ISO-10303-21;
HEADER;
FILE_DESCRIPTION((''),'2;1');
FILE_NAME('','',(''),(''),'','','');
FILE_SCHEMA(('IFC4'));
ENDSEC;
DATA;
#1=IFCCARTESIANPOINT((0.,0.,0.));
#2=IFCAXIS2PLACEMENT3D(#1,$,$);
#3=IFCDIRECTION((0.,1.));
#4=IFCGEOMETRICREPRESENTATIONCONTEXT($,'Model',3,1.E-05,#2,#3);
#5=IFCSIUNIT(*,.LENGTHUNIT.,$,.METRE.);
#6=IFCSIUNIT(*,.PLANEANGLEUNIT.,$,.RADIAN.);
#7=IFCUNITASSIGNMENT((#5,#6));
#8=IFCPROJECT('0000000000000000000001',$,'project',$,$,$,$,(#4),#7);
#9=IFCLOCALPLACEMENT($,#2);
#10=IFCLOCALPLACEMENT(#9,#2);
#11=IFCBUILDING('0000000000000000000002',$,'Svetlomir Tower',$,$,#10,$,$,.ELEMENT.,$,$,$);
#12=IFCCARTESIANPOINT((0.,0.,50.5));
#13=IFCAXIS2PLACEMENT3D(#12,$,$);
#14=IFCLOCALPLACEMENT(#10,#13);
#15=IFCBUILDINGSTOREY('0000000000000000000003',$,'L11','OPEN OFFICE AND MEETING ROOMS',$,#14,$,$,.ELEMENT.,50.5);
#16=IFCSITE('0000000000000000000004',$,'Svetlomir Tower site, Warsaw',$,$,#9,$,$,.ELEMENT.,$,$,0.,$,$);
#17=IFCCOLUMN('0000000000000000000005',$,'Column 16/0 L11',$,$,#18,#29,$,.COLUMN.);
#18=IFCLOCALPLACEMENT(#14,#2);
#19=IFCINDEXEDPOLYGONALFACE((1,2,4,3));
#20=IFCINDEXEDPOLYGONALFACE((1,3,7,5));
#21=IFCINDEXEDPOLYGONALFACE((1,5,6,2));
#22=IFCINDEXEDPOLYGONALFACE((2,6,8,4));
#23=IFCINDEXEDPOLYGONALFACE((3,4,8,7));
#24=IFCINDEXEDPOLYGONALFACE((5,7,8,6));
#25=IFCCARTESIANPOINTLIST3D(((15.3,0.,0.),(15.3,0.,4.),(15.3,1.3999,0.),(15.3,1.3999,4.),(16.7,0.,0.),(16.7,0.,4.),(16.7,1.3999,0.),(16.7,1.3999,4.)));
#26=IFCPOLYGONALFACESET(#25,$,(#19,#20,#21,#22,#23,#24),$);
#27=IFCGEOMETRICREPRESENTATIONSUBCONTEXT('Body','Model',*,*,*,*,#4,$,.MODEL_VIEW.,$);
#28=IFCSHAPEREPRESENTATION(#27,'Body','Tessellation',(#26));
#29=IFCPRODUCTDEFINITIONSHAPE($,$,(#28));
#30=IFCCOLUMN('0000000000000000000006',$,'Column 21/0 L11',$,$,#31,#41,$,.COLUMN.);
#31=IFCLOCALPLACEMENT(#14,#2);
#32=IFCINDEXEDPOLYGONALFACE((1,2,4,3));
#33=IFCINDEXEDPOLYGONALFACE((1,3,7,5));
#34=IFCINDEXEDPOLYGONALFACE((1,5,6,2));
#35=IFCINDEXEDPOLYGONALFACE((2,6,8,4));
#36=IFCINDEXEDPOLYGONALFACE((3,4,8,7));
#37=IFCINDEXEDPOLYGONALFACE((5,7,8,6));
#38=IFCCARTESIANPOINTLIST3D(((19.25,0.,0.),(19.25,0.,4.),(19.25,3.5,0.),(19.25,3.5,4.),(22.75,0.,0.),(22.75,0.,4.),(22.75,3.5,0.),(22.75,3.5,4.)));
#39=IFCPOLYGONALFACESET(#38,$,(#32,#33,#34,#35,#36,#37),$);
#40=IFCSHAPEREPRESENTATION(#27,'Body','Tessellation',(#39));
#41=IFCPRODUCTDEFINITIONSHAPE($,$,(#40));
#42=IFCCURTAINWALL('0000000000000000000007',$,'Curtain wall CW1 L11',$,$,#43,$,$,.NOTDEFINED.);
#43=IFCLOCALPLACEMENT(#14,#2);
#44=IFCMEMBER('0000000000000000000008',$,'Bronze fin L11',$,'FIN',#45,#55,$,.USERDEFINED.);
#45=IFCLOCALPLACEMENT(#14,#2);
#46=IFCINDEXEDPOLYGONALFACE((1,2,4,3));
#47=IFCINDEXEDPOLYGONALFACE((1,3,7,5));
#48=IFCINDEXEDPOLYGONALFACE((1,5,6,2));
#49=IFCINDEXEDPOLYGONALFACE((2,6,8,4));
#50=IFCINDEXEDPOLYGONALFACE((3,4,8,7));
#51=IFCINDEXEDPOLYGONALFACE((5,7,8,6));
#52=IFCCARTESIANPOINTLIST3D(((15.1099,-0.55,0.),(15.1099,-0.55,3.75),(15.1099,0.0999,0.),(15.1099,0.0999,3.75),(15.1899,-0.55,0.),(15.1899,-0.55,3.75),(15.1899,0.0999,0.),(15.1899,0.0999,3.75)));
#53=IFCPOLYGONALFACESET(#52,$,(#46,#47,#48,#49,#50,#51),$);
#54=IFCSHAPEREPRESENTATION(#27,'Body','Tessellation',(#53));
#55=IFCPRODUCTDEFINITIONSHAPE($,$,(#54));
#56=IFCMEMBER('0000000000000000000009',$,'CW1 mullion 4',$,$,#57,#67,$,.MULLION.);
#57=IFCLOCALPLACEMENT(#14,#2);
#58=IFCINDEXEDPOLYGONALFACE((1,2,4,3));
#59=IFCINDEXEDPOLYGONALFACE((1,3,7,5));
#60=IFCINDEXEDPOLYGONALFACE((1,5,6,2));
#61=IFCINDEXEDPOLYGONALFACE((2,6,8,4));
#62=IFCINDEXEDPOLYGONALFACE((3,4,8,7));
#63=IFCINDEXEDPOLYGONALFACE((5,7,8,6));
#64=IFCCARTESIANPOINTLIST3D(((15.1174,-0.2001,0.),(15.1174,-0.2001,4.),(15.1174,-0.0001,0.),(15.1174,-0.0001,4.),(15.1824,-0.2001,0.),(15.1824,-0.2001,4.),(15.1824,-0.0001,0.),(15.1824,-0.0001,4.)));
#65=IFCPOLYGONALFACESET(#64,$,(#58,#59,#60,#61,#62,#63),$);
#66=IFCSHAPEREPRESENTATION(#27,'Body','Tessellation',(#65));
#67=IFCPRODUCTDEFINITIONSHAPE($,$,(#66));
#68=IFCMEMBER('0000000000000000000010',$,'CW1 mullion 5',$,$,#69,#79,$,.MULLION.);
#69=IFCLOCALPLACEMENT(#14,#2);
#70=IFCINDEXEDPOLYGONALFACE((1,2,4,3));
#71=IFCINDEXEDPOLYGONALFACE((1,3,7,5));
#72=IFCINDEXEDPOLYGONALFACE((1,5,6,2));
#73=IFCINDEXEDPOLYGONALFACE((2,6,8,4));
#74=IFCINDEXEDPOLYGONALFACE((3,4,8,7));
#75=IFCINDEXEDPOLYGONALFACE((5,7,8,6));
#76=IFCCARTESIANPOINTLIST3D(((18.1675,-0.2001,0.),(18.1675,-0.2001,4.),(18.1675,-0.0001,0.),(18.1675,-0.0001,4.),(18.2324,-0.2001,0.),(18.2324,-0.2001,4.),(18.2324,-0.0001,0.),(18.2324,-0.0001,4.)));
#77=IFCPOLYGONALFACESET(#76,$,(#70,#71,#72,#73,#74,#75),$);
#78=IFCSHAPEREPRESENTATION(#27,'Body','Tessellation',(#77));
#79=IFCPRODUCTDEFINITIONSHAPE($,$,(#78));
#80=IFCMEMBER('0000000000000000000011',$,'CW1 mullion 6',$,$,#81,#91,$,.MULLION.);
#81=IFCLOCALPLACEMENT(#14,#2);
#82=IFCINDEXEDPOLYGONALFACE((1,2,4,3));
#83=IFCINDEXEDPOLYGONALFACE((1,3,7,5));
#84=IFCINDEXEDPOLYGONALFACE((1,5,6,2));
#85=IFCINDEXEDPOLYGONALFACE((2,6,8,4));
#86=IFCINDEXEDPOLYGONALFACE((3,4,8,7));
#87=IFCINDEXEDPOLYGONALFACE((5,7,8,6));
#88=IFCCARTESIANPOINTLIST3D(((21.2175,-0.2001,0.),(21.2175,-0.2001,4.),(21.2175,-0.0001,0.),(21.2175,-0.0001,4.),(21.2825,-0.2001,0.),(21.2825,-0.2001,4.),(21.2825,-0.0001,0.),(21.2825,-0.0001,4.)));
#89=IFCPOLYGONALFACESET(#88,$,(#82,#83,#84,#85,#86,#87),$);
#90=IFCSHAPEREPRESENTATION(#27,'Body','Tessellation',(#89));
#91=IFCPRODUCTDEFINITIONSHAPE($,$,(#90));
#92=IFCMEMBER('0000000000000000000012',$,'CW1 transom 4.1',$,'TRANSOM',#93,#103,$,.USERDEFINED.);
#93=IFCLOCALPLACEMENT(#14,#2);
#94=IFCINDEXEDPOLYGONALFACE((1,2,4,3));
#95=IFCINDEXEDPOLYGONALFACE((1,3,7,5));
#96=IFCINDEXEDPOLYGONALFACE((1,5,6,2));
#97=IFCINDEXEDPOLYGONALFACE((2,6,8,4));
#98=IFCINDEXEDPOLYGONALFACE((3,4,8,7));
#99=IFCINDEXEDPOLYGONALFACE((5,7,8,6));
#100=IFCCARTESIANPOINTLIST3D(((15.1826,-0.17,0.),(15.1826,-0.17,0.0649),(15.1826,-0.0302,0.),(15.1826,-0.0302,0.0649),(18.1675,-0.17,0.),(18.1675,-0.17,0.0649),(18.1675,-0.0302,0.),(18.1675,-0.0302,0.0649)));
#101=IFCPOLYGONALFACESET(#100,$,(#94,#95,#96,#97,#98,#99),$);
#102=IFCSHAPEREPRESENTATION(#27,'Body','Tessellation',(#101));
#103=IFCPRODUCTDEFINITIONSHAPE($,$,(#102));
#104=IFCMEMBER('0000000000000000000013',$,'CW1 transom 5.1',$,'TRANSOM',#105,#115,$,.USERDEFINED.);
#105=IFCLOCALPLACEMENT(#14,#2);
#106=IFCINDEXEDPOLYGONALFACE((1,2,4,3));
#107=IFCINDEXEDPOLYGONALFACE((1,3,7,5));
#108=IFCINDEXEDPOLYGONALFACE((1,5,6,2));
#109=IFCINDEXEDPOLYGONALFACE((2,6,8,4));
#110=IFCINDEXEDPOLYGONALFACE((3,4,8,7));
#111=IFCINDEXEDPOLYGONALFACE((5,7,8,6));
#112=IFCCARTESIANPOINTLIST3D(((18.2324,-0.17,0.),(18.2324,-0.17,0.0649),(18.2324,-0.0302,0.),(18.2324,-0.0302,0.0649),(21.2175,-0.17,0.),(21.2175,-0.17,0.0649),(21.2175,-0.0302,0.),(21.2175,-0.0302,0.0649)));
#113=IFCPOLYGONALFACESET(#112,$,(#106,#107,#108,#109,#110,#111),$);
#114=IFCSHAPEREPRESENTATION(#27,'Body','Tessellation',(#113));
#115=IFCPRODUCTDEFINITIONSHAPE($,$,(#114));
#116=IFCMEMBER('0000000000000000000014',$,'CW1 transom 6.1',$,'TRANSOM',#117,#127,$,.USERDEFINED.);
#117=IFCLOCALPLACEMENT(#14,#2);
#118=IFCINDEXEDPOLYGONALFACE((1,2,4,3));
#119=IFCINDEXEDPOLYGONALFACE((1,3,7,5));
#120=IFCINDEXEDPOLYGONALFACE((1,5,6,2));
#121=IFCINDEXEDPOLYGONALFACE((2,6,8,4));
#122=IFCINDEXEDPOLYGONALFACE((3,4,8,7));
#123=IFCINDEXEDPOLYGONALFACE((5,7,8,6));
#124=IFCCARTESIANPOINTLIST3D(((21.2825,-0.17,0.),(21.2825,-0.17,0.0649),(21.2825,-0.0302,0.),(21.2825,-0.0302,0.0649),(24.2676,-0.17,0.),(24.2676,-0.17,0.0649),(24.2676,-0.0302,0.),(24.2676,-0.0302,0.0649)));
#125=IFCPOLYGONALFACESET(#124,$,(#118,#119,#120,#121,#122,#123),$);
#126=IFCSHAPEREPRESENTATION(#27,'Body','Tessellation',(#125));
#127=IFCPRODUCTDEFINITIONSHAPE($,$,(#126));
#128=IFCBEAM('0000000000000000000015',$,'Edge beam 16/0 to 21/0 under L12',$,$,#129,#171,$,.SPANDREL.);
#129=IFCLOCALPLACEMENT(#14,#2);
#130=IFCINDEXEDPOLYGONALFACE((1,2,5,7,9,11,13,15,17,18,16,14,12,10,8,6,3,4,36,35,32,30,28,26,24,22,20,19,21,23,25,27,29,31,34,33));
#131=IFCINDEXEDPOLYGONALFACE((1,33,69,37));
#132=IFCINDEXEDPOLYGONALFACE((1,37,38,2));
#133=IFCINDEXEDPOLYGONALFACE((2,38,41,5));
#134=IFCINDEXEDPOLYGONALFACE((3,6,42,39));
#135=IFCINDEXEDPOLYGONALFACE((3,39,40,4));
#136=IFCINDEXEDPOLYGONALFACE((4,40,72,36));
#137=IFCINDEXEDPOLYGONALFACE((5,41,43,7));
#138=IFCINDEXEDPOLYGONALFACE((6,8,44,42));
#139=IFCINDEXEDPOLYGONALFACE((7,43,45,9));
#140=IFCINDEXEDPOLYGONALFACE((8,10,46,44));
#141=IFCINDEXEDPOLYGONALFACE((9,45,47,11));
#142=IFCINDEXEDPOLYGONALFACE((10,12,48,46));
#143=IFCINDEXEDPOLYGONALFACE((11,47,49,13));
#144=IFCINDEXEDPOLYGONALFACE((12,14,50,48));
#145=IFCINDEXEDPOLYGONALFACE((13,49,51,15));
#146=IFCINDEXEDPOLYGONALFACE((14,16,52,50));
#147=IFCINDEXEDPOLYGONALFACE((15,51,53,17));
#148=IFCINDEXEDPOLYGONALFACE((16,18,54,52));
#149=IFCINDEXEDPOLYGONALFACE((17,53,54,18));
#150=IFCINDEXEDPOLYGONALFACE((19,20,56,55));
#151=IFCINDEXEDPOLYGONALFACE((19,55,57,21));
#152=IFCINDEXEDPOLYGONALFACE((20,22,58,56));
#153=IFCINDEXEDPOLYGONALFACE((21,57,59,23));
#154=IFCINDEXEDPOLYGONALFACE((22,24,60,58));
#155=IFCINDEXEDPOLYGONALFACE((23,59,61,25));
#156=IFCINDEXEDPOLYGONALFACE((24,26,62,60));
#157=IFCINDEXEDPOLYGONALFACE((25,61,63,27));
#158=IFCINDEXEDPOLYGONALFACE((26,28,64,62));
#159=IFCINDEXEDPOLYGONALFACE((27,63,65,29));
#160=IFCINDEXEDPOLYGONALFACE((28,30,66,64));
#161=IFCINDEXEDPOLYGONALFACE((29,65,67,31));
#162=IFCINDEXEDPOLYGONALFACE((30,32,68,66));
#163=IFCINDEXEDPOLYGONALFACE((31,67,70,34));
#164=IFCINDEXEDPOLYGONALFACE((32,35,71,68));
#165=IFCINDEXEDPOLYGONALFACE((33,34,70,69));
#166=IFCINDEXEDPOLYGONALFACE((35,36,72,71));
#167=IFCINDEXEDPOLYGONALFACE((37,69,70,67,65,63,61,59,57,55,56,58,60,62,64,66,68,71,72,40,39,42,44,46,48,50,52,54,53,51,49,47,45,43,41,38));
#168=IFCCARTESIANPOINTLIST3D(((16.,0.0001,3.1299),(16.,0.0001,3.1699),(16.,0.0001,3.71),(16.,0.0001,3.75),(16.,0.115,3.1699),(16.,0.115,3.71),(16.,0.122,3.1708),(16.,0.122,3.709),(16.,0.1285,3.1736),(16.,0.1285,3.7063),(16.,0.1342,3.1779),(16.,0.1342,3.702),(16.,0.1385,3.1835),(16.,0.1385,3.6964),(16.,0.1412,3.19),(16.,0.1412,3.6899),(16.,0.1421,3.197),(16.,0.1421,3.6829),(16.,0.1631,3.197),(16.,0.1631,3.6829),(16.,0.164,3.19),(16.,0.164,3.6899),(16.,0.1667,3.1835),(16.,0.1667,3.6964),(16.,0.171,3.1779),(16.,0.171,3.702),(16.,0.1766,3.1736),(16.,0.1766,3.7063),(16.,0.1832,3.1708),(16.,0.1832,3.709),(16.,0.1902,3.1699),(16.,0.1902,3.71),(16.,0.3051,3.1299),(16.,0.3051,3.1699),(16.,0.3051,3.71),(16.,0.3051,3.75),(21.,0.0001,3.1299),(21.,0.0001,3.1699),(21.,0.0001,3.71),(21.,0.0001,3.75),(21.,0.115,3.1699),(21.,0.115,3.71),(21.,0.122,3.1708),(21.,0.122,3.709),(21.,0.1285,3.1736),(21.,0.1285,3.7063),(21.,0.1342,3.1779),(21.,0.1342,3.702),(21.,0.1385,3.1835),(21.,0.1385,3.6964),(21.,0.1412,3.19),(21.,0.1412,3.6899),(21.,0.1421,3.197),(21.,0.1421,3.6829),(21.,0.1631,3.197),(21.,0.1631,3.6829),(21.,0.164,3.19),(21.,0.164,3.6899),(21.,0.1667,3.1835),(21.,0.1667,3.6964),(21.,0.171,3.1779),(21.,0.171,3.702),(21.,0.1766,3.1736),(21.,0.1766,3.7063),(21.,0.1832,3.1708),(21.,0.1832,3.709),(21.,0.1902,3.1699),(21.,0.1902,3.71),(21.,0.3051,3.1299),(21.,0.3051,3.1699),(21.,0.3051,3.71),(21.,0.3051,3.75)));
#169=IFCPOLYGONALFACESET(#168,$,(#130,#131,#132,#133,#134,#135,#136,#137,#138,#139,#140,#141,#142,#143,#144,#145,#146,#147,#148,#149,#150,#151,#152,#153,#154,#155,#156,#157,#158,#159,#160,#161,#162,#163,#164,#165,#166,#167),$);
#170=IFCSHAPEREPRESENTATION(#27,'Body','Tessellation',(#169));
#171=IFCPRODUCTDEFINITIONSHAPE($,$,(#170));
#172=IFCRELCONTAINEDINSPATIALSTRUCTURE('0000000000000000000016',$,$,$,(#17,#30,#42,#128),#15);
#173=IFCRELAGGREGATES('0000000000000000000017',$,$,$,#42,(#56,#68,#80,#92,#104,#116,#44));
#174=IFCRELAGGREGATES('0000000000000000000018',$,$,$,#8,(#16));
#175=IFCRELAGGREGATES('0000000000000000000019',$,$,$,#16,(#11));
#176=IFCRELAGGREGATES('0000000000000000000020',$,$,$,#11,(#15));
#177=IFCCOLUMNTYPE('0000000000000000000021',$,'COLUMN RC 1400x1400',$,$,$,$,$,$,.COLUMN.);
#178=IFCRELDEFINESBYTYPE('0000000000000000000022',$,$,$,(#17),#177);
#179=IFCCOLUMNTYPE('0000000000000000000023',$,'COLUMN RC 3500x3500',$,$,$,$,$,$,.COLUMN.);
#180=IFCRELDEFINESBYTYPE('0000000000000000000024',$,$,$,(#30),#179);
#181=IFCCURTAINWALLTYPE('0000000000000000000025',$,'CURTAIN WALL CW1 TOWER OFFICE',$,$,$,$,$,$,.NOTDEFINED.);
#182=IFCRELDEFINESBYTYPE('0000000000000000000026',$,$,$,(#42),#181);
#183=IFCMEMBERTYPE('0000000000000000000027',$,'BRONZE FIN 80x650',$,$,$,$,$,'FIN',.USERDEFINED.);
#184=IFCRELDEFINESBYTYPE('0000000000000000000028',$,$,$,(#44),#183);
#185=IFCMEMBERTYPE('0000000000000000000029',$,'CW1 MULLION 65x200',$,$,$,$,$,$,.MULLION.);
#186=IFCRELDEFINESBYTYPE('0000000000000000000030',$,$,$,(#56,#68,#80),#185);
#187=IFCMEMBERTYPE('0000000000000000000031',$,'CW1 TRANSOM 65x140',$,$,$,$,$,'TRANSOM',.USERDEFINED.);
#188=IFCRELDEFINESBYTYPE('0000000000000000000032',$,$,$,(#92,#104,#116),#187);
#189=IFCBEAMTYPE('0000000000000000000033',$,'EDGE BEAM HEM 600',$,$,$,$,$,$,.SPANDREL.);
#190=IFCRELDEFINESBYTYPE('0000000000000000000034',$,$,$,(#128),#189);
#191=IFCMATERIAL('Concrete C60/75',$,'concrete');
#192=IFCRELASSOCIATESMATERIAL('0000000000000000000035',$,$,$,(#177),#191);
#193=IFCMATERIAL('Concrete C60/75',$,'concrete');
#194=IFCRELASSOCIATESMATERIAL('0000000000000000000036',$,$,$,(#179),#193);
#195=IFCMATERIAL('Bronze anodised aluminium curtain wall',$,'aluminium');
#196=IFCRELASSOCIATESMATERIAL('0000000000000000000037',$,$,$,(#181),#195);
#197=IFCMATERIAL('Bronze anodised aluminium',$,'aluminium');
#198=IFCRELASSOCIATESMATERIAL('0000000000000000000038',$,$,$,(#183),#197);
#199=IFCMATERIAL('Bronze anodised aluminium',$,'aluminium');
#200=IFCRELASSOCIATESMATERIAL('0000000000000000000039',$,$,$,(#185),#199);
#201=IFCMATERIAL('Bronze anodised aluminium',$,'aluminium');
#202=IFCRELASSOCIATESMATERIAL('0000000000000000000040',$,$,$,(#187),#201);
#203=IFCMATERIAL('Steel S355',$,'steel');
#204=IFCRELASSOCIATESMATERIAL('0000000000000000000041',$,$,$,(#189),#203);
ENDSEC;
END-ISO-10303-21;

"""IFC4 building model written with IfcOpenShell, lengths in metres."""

from ifc_helpers import new_model, si_unit, direction, frame, origin, origin_2d, place, context, subcontext, project, spatial, rectangle, i_section, extrude, material, material_profile, profile_set, type_object, element, aggregate, save


model = new_model("IFC4")

# Units and contexts
model_context = context("Model", 3, precision=1e-05, world=origin(), true_north=direction((0.0, 1.0)))
body_context = subcontext(model_context, "Body", "Model", "MODEL_VIEW")
ifc_project = project(units=[si_unit("LENGTHUNIT", "METRE"), si_unit("PLANEANGLEUNIT", "RADIAN")], contexts=[model_context])

# Site, building, storey
site_placement = place(None, origin())
site = spatial("IfcSite", under=ifc_project, at=site_placement, Name="Svetlomir Tower site, Warsaw", CompositionType="ELEMENT", RefElevation=0.0)
building_placement = place(site_placement, origin())
building = spatial("IfcBuilding", under=site, at=building_placement, Name="Svetlomir Tower", CompositionType="ELEMENT")
storey_placement = place(building_placement, frame((0.0, 0.0, 50.5)))
storey = spatial("IfcBuildingStorey", under=building, at=storey_placement, Name="L11", Description="OPEN OFFICE AND MEETING ROOMS", CompositionType="ELEMENT", Elevation=50.5)

# Columns
ifc_material_1 = material(Name="Concrete C60/75", Category="concrete")
ifc_material_profile_1 = material_profile(ifc_material_1, rectangle(XDim=1.3999, YDim=1.3999, at=origin_2d()), Name="RC 1400x1400")
ifc_profile_set_1 = profile_set([ifc_material_profile_1], Name="Concrete C60/75")
column_type_1 = type_object("IfcColumnType", Name="COLUMN RC 1400x1400", PredefinedType="COLUMN", material=ifc_profile_set_1)
column_1_placement = place(storey_placement, frame((16.0, 0.7, 0.0), z_axis=(0.0, 0.0, 1.0), x_axis=(1.0, 0.0, 0.0)))
element("IfcColumn", 1, at=column_1_placement, inside=storey, type_object=column_type_1, Name="Column 16/0 L11", PredefinedType="COLUMN", context=body_context, shape_type="SweptSolid", body=[
    extrude(rectangle(XDim=1.3999, YDim=1.3999, at=origin_2d()), origin(), (0.0, 0.0, 1.0), 4.0),
])
ifc_material_2 = material(Name="Concrete C60/75", Category="concrete")
ifc_material_profile_2 = material_profile(ifc_material_2, rectangle(XDim=3.5, YDim=3.5, at=origin_2d()), Name="RC 3500x3500")
ifc_profile_set_2 = profile_set([ifc_material_profile_2], Name="Concrete C60/75")
column_type_2 = type_object("IfcColumnType", Name="COLUMN RC 3500x3500", PredefinedType="COLUMN", material=ifc_profile_set_2)
column_2_placement = place(storey_placement, frame((21.0, 1.75, 0.0), z_axis=(0.0, 0.0, 1.0), x_axis=(1.0, 0.0, 0.0)))
element("IfcColumn", 2, at=column_2_placement, inside=storey, type_object=column_type_2, Name="Column 21/0 L11", PredefinedType="COLUMN", context=body_context, shape_type="SweptSolid", body=[
    extrude(rectangle(XDim=3.5, YDim=3.5, at=origin_2d()), origin(), (0.0, 0.0, 1.0), 4.0),
])

# Curtain wall, members
ifc_material_3 = material(Name="Bronze anodised aluminium curtain wall", Category="aluminium")
curtain_wall_type = type_object("IfcCurtainWallType", Name="CURTAIN WALL CW1 TOWER OFFICE", PredefinedType="NOTDEFINED", material=ifc_material_3)
curtain_wall_placement = place(storey_placement, origin())
curtain_wall = element("IfcCurtainWall", 3, at=curtain_wall_placement, inside=storey, type_object=curtain_wall_type, Name="Curtain wall CW1 L11", PredefinedType="NOTDEFINED")
ifc_material_4 = material(Name="Bronze anodised aluminium", Category="aluminium")
ifc_material_profile_3 = material_profile(ifc_material_4, rectangle(XDim=0.0801, YDim=0.6499, at=origin_2d()), Name="FIN 80x650")
ifc_profile_set_3 = profile_set([ifc_material_profile_3], Name="Bronze anodised aluminium 6063-T6")
member_type_1 = type_object("IfcMemberType", Name="BRONZE FIN 80x650", ElementType="FIN", PredefinedType="USERDEFINED", material=ifc_profile_set_3)
member_1_placement = place(storey_placement, frame((15.1499, -0.2251, 0.0), z_axis=(0.0, 0.0, 1.0), x_axis=(1.0, 0.0, 0.0)))
member_1 = element("IfcMember", 4, at=member_1_placement, type_object=member_type_1, Name="Bronze fin L11", ObjectType="FIN", PredefinedType="USERDEFINED", context=body_context, shape_type="SweptSolid", body=[
    extrude(rectangle(XDim=0.0801, YDim=0.6499, at=origin_2d()), origin(), (0.0, 0.0, 1.0), 3.75),
])
ifc_material_5 = material(Name="Bronze anodised aluminium", Category="aluminium")
ifc_material_profile_4 = material_profile(ifc_material_5, rectangle(XDim=0.0649, YDim=0.2, at=origin_2d()), Name="AL 65x200")
ifc_profile_set_4 = profile_set([ifc_material_profile_4], Name="Bronze anodised aluminium 6063-T6")
member_type_2 = type_object("IfcMemberType", Name="CW1 MULLION 65x200", PredefinedType="MULLION", material=ifc_profile_set_4)
member_2_placement = place(storey_placement, frame((15.1499, -0.1001, 0.0), z_axis=(0.0, 0.0, 1.0), x_axis=(1.0, 0.0, 0.0)))
member_2 = element("IfcMember", 5, at=member_2_placement, type_object=member_type_2, Name="CW1 mullion 4", PredefinedType="MULLION", context=body_context, shape_type="SweptSolid", body=[
    extrude(rectangle(XDim=0.0649, YDim=0.2, at=origin_2d()), origin(), (0.0, 0.0, 1.0), 4.0),
])
member_3_placement = place(storey_placement, frame((18.2, -0.1001, 0.0), z_axis=(0.0, 0.0, 1.0), x_axis=(1.0, 0.0, 0.0)))
member_3 = element("IfcMember", 6, at=member_3_placement, type_object=member_type_2, Name="CW1 mullion 5", PredefinedType="MULLION", context=body_context, shape_type="SweptSolid", body=[
    extrude(rectangle(XDim=0.0649, YDim=0.2, at=origin_2d()), origin(), (0.0, 0.0, 1.0), 4.0),
])
member_4_placement = place(storey_placement, frame((21.25, -0.1001, 0.0), z_axis=(0.0, 0.0, 1.0), x_axis=(1.0, 0.0, 0.0)))
member_4 = element("IfcMember", 7, at=member_4_placement, type_object=member_type_2, Name="CW1 mullion 6", PredefinedType="MULLION", context=body_context, shape_type="SweptSolid", body=[
    extrude(rectangle(XDim=0.0649, YDim=0.2, at=origin_2d()), origin(), (0.0, 0.0, 1.0), 4.0),
])
ifc_material_6 = material(Name="Bronze anodised aluminium", Category="aluminium")
ifc_material_profile_5 = material_profile(ifc_material_6, rectangle(XDim=0.1399, YDim=0.0649, at=origin_2d()), Name="AL 140x65")
ifc_profile_set_5 = profile_set([ifc_material_profile_5], Name="Bronze anodised aluminium 6063-T6")
member_type_3 = type_object("IfcMemberType", Name="CW1 TRANSOM 65x140", ElementType="TRANSOM", PredefinedType="USERDEFINED", material=ifc_profile_set_5)
member_5_placement = place(storey_placement, frame((15.1826, -0.1001, 0.0325), z_axis=(1.0, 0.0, 0.0), x_axis=(0.0, 1.0, 0.0)))
member_5 = element("IfcMember", 8, at=member_5_placement, type_object=member_type_3, Name="CW1 transom 4.1", ObjectType="TRANSOM", PredefinedType="USERDEFINED", context=body_context, shape_type="SweptSolid", body=[
    extrude(rectangle(XDim=0.1399, YDim=0.0649, at=origin_2d()), origin(), (0.0, 0.0, 1.0), 2.9849),
])
member_6_placement = place(storey_placement, frame((18.2324, -0.1001, 0.0325), z_axis=(1.0, 0.0, 0.0), x_axis=(0.0, 1.0, 0.0)))
member_6 = element("IfcMember", 9, at=member_6_placement, type_object=member_type_3, Name="CW1 transom 5.1", ObjectType="TRANSOM", PredefinedType="USERDEFINED", context=body_context, shape_type="SweptSolid", body=[
    extrude(rectangle(XDim=0.1399, YDim=0.0649, at=origin_2d()), origin(), (0.0, 0.0, 1.0), 2.9851),
])
member_7_placement = place(storey_placement, frame((21.2825, -0.1001, 0.0325), z_axis=(1.0, 0.0, 0.0), x_axis=(0.0, 1.0, 0.0)))
member_7 = element("IfcMember", 10, at=member_7_placement, type_object=member_type_3, Name="CW1 transom 6.1", ObjectType="TRANSOM", PredefinedType="USERDEFINED", context=body_context, shape_type="SweptSolid", body=[
    extrude(rectangle(XDim=0.1399, YDim=0.0649, at=origin_2d()), origin(), (0.0, 0.0, 1.0), 2.9851),
])

# Beam
ifc_material_7 = material(Name="Steel S355", Category="steel")
ifc_material_profile_6 = material_profile(ifc_material_7, i_section(OverallWidth=0.3049, OverallDepth=0.6201, WebThickness=0.021, FlangeThickness=0.04, FilletRadius=0.0271, at=origin_2d()), Name="HEM 600")
ifc_profile_set_6 = profile_set([ifc_material_profile_6], Name="Steel S355")
beam_type = type_object("IfcBeamType", Name="EDGE BEAM HEM 600", PredefinedType="SPANDREL", material=ifc_profile_set_6)
for number, where, z_axis, x_axis, name in (
    (11, (16.0, 0.1526, 3.4399), (1.0, 0.0, 0.0), (0.0, 1.0, 0.0), "Edge beam 16/0 to 21/0 under L12"),
):
    element("IfcBeam", number, at=place(storey_placement, frame(where, z_axis=z_axis, x_axis=x_axis)), inside=storey, type_object=beam_type, Name=name, PredefinedType="SPANDREL", context=body_context, shape_type="SweptSolid", body=[
        extrude(i_section(OverallWidth=0.3049, OverallDepth=0.6201, WebThickness=0.021, FlangeThickness=0.04, FilletRadius=0.0271, at=origin_2d()), origin(), (0.0, 0.0, 1.0), 5.0),
    ])

aggregate(curtain_wall, [member_2, member_3, member_4, member_5, member_6, member_7, member_1])

save(model, "model.ifc")
